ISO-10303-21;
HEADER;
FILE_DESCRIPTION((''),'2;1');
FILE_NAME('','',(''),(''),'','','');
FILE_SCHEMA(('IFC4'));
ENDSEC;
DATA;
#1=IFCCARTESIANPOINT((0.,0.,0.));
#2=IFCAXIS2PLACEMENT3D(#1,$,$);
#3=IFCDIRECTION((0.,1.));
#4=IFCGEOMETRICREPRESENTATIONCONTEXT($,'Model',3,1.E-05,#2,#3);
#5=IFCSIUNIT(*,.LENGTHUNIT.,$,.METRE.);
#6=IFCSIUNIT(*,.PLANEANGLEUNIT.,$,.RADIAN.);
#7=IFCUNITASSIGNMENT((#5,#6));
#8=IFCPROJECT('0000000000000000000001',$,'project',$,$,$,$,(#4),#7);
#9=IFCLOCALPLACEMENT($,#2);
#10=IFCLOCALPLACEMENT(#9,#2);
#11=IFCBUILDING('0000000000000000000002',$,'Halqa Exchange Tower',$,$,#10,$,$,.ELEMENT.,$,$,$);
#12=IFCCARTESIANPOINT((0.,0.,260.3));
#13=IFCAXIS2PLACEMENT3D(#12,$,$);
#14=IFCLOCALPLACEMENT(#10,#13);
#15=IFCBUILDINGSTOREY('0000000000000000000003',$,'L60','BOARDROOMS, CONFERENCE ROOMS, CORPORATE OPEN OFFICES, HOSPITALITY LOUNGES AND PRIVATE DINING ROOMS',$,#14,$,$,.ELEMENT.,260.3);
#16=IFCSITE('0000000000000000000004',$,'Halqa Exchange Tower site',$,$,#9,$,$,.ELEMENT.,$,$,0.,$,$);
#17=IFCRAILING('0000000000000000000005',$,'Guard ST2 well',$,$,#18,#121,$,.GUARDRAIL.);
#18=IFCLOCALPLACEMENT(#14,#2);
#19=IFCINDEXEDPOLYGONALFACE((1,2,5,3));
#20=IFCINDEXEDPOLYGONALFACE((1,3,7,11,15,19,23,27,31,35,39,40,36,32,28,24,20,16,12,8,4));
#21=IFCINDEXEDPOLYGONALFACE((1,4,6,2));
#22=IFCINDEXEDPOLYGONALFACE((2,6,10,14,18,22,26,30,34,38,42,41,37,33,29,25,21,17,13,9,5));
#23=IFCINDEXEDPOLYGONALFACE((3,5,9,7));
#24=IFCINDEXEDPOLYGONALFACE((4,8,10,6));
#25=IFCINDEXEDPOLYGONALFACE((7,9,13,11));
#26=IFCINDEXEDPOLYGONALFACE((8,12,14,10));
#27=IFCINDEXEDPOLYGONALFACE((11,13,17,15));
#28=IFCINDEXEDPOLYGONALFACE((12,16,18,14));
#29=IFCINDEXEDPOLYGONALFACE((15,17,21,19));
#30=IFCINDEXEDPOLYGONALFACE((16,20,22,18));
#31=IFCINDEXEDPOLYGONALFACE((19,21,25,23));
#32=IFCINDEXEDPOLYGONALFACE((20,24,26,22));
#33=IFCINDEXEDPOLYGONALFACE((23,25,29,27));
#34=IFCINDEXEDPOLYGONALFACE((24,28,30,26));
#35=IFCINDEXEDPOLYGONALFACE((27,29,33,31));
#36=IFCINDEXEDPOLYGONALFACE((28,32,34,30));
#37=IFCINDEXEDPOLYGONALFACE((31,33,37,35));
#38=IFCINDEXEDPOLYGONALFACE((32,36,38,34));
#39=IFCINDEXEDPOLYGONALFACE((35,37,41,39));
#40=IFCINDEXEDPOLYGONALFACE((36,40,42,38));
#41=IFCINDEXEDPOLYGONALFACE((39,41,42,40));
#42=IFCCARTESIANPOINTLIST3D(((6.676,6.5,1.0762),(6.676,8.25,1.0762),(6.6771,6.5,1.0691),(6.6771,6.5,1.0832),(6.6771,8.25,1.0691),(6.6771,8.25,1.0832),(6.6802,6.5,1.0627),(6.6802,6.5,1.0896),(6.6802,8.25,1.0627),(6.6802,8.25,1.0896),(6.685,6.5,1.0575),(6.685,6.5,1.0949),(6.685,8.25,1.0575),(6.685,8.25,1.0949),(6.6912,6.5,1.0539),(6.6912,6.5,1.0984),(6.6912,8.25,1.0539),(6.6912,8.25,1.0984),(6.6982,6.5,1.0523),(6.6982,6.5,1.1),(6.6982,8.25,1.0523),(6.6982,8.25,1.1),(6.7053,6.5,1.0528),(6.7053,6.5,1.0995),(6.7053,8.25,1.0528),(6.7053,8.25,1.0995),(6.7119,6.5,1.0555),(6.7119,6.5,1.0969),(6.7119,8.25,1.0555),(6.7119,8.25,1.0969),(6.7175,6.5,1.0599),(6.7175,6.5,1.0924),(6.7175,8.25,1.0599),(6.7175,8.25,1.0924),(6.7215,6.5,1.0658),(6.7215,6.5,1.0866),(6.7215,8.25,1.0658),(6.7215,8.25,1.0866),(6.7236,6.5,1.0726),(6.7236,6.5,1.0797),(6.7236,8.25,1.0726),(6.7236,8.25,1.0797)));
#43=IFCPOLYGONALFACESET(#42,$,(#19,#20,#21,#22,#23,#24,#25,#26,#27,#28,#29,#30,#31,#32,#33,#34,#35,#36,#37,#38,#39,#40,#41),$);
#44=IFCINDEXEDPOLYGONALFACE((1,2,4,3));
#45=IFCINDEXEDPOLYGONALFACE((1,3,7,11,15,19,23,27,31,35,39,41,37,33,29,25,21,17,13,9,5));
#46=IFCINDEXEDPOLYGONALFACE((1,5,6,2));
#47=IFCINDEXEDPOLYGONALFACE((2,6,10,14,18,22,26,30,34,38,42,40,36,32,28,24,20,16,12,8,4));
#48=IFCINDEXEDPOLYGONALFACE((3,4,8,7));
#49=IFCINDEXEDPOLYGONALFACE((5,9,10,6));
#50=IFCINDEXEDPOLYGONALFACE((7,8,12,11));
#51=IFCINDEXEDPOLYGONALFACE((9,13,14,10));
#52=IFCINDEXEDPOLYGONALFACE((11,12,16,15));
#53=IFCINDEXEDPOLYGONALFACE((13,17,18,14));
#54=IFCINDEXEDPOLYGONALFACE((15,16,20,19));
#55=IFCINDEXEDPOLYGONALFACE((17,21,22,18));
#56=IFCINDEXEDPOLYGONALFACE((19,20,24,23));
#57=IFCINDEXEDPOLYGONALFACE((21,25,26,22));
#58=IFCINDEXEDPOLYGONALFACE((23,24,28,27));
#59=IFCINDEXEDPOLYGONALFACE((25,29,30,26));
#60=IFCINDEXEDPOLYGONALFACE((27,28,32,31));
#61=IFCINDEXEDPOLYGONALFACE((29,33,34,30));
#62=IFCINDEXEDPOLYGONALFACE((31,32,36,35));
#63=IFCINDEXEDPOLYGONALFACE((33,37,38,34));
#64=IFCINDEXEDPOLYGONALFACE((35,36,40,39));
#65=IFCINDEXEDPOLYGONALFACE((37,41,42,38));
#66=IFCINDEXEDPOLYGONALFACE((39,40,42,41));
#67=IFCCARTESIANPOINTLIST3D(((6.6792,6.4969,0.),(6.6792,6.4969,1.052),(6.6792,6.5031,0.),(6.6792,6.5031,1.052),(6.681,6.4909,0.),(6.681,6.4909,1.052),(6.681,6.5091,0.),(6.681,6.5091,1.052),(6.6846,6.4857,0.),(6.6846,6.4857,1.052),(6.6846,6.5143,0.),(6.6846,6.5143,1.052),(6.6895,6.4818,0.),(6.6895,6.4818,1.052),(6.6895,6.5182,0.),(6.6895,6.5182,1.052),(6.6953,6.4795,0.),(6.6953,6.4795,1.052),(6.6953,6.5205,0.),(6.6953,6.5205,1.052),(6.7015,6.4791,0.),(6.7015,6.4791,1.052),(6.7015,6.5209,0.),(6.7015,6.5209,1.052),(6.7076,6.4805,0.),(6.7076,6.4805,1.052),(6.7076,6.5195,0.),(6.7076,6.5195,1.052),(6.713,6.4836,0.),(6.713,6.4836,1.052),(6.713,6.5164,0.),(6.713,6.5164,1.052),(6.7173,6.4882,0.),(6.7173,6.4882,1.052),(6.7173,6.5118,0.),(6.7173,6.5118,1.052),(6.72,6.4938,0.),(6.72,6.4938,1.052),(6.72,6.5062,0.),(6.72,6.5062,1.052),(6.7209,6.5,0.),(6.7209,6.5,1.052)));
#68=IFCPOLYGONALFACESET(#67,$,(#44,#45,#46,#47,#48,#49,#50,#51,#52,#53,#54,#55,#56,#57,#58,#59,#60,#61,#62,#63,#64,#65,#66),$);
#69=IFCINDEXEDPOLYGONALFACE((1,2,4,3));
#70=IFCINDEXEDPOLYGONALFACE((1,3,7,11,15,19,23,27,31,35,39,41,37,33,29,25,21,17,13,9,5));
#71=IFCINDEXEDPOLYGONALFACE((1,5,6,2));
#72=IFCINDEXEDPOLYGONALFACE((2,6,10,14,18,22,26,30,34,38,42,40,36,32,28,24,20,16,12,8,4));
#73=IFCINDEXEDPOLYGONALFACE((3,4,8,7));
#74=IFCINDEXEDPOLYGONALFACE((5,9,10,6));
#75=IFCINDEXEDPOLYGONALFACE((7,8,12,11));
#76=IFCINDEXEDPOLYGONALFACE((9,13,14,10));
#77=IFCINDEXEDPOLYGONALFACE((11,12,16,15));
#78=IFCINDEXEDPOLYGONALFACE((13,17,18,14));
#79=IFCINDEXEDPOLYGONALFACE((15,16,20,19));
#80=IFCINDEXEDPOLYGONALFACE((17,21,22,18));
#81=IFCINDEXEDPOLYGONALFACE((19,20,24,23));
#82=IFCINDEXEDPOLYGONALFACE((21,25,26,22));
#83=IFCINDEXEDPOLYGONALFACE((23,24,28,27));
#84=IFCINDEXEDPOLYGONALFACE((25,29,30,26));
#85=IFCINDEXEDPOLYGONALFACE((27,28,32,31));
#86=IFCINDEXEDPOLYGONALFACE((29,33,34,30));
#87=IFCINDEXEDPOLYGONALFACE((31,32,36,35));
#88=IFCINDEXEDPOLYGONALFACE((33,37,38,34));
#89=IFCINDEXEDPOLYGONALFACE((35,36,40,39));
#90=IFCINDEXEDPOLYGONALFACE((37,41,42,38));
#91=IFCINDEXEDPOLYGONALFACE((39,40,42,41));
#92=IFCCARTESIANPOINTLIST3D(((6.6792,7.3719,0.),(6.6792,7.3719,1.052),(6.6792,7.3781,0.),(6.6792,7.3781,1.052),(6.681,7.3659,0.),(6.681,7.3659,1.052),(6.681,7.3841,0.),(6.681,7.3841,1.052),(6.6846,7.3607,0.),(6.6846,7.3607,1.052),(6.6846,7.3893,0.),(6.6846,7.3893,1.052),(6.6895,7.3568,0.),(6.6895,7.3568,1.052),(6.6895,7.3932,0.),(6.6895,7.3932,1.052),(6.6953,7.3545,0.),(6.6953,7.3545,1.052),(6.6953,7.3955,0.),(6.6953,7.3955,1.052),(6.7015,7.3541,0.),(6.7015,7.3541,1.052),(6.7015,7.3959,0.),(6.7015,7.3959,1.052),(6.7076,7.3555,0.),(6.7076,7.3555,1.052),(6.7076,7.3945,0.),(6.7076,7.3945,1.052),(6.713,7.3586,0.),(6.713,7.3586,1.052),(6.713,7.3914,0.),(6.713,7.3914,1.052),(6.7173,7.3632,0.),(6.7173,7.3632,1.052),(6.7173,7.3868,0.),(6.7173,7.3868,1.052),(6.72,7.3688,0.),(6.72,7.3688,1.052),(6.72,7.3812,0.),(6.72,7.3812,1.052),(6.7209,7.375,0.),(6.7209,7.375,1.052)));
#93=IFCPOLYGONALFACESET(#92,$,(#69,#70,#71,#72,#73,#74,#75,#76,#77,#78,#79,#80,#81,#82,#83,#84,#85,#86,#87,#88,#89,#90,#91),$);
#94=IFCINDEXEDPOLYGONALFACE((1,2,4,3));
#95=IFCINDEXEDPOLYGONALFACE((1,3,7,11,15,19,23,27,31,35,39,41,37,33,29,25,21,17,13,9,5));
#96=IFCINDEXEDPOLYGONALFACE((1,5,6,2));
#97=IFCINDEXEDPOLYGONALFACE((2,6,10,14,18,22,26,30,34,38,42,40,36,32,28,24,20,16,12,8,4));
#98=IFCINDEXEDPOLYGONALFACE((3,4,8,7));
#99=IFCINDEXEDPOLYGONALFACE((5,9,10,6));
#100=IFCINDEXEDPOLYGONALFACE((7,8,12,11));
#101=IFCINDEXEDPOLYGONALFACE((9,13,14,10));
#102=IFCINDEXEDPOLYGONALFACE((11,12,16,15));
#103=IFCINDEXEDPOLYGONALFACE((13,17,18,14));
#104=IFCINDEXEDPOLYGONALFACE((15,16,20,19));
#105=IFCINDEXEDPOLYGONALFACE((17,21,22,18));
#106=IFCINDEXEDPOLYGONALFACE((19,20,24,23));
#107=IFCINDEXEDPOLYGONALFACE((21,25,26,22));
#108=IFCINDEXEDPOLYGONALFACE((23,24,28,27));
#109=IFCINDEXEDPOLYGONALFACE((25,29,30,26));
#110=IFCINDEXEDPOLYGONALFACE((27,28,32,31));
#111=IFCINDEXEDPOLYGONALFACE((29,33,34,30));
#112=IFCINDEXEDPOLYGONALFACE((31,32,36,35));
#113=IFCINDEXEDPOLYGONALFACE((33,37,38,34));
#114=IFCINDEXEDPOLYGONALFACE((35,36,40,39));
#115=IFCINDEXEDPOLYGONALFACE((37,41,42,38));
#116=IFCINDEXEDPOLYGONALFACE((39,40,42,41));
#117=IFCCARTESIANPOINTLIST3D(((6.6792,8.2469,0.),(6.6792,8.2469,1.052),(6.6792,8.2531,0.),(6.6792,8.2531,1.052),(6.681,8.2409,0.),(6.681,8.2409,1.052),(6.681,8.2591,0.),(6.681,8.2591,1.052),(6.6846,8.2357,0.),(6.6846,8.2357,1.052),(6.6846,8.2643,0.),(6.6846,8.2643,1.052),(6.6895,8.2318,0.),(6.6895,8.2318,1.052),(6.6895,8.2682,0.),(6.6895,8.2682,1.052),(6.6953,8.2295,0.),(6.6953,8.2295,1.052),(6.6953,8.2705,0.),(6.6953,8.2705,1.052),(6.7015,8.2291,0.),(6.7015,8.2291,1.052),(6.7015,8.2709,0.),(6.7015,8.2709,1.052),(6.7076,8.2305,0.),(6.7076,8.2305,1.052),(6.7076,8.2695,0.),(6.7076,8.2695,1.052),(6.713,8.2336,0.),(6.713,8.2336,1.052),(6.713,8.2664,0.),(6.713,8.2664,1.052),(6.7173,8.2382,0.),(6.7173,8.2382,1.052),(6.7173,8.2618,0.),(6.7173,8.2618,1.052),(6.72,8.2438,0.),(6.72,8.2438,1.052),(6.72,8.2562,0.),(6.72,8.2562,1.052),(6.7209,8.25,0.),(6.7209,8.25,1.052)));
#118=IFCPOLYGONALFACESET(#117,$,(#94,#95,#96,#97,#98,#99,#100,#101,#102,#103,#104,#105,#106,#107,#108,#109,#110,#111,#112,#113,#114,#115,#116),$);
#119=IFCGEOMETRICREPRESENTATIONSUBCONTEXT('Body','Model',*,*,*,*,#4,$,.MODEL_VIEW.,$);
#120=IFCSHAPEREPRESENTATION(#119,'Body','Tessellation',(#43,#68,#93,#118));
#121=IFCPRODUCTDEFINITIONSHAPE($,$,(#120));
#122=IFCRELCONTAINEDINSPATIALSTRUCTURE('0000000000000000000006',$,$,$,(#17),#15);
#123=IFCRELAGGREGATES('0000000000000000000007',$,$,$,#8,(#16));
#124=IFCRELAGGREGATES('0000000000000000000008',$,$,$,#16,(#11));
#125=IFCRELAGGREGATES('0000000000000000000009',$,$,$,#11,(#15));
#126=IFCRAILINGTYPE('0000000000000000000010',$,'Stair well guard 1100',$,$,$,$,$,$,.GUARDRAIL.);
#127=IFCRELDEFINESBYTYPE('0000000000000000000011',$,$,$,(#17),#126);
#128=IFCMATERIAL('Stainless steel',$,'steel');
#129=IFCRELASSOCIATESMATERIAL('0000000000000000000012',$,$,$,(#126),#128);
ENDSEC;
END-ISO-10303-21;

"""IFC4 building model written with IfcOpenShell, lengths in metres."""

from ifc_helpers import new_model, si_unit, direction, frame, origin, origin_2d, place, context, subcontext, project, spatial, circle, extrude, material, type_object, element, save


model = new_model("IFC4")

# Units and contexts
model_context = context("Model", 3, precision=1e-05, world=origin(), true_north=direction((0.0, 1.0)))
body_context = subcontext(model_context, "Body", "Model", "MODEL_VIEW")
ifc_project = project(units=[si_unit("LENGTHUNIT", "METRE"), si_unit("PLANEANGLEUNIT", "RADIAN")], contexts=[model_context])

# Site, building, storey
site_placement = place(None, origin())
site = spatial("IfcSite", under=ifc_project, at=site_placement, Name="Halqa Exchange Tower site", CompositionType="ELEMENT", RefElevation=0.0)
building_placement = place(site_placement, origin())
building = spatial("IfcBuilding", under=site, at=building_placement, Name="Halqa Exchange Tower", CompositionType="ELEMENT")
storey_placement = place(building_placement, frame((0.0, 0.0, 260.3)))
storey = spatial("IfcBuildingStorey", under=building, at=storey_placement, Name="L60", Description="BOARDROOMS, CONFERENCE ROOMS, CORPORATE OPEN OFFICES, HOSPITALITY LOUNGES AND PRIVATE DINING ROOMS", CompositionType="ELEMENT", Elevation=260.3)

# Railing
ifc_material_1 = material(Name="Stainless steel", Category="steel")
railing_type_1 = type_object("IfcRailingType", Name="Stair well guard 1100", PredefinedType="GUARDRAIL", material=ifc_material_1)
railing_1_placement = place(storey_placement, frame((6.7, 6.5, 0.0)))
element("IfcRailing", 1, at=railing_1_placement, inside=storey, type_object=railing_type_1, Name="Guard ST2 well", PredefinedType="GUARDRAIL", context=body_context, shape_type="SweptSolid", body=[
    extrude(circle(Radius=0.0239, at=origin_2d()), frame((0.0, 0.0, 1.0762), z_axis=(0.0, 1.0, 0.0), x_axis=(-1.0, 0.0, 0.0)), (0.0, 0.0, 1.0), 1.75),
    extrude(circle(Radius=0.021, at=origin_2d()), origin(), (0.0, 0.0, 1.0), 1.052),
    extrude(circle(Radius=0.021, at=origin_2d()), frame((0.0, 0.875, 0.0)), (0.0, 0.0, 1.0), 1.052),
    extrude(circle(Radius=0.021, at=origin_2d()), frame((0.0, 1.75, 0.0)), (0.0, 0.0, 1.0), 1.052),
])

save(model, "model.ifc")
